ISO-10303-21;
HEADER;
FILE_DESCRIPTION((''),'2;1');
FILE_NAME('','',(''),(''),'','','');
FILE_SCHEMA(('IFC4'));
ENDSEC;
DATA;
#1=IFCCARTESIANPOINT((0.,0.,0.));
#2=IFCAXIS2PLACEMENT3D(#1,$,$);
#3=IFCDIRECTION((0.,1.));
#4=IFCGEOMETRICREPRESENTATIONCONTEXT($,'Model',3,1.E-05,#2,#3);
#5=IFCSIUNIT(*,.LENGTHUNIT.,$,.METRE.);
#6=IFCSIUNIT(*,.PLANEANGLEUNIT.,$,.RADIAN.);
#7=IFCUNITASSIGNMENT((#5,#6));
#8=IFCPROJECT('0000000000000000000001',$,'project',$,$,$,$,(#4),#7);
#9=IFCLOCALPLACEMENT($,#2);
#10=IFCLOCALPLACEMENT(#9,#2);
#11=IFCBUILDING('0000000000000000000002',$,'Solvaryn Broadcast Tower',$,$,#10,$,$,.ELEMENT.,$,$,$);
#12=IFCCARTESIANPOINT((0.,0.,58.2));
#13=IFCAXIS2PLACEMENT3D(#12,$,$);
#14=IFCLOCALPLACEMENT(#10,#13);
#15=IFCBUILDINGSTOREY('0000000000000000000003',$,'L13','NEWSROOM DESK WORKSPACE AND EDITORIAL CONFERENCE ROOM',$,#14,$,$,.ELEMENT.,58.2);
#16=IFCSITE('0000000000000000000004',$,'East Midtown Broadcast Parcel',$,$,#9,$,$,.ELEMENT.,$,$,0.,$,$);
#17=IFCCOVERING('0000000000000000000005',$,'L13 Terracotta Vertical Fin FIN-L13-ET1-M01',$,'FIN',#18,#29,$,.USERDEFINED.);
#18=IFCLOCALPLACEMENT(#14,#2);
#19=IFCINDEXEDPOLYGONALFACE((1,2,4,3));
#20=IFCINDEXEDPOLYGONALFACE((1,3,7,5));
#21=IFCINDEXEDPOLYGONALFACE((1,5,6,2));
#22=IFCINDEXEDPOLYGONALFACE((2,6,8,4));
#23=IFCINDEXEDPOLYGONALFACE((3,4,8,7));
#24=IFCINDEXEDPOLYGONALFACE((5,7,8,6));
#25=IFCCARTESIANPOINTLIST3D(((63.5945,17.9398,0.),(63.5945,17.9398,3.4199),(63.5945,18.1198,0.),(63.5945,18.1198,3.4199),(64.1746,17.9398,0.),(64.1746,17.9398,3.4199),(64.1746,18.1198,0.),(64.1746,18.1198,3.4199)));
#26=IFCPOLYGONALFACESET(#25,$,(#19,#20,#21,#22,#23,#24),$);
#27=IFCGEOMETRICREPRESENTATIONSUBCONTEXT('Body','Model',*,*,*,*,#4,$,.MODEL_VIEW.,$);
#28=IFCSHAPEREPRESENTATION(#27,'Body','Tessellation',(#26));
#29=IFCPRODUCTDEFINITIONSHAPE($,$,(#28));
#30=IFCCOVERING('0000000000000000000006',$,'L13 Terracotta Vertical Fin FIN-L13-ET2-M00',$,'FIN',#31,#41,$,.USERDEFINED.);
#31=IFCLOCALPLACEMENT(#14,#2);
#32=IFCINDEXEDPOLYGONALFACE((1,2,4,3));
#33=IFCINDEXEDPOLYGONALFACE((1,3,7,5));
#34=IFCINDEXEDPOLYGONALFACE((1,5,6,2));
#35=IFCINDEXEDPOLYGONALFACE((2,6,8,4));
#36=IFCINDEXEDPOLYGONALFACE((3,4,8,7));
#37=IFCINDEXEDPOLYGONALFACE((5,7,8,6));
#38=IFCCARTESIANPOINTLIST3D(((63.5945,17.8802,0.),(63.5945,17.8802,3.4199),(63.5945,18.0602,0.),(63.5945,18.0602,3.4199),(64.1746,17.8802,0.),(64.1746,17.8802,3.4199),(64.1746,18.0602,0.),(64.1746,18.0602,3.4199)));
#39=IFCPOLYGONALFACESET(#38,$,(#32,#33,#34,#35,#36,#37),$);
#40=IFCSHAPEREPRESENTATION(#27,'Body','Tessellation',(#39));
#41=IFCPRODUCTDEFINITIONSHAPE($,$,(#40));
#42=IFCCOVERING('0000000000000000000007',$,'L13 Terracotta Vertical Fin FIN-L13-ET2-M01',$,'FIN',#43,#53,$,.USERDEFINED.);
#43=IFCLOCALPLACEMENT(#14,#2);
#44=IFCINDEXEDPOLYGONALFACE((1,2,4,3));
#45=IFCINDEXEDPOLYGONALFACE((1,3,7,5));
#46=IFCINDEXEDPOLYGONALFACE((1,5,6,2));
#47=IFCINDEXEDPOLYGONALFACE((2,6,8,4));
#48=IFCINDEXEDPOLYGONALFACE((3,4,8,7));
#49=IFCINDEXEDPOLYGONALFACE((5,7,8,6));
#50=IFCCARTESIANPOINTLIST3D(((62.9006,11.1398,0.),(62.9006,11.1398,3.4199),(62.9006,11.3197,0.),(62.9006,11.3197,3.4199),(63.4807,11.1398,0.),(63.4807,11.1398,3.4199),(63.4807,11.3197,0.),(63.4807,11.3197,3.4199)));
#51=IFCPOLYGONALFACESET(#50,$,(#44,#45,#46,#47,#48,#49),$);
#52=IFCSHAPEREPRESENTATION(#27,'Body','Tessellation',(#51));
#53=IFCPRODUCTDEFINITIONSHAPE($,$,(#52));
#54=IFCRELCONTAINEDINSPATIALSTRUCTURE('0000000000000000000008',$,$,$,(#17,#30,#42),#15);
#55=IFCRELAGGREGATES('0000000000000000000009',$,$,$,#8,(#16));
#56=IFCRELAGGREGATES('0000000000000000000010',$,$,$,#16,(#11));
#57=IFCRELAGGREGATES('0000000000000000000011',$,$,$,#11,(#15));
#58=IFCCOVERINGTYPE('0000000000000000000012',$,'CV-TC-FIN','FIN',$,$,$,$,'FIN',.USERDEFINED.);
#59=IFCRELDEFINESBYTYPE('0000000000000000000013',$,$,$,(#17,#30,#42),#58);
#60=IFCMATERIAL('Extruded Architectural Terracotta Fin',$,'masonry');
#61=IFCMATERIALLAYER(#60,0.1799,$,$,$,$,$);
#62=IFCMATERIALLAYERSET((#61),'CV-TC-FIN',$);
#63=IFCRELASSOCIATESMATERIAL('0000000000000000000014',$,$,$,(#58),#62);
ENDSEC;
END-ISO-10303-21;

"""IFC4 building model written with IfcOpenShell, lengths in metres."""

from ifc_helpers import new_model, si_unit, direction, frame, origin, origin_2d, place, context, subcontext, project, spatial, rectangle, extrude, material, layer, layer_set, type_object, element, save


model = new_model("IFC4")

# Units and contexts
model_context = context("Model", 3, precision=1e-05, world=origin(), true_north=direction((0.0, 1.0)))
body_context = subcontext(model_context, "Body", "Model", "MODEL_VIEW")
ifc_project = project(units=[si_unit("LENGTHUNIT", "METRE"), si_unit("PLANEANGLEUNIT", "RADIAN")], contexts=[model_context])

# Site, building, storey
site_placement = place(None, origin())
site = spatial("IfcSite", under=ifc_project, at=site_placement, Name="East Midtown Broadcast Parcel", CompositionType="ELEMENT", RefElevation=0.0)
building_placement = place(site_placement, origin())
building = spatial("IfcBuilding", under=site, at=building_placement, Name="Solvaryn Broadcast Tower", CompositionType="ELEMENT")
storey_placement = place(building_placement, frame((0.0, 0.0, 58.2)))
storey = spatial("IfcBuildingStorey", under=building, at=storey_placement, Name="L13", Description="NEWSROOM DESK WORKSPACE AND EDITORIAL CONFERENCE ROOM", CompositionType="ELEMENT", Elevation=58.2)

# Coverings
ifc_material_1 = material(Name="Extruded Architectural Terracotta Fin", Category="masonry")
ifc_layer_1 = layer(ifc_material_1, 0.1799)
ifc_layer_set_1 = layer_set([ifc_layer_1], Name="CV-TC-FIN")
covering_type_1 = type_object("IfcCoveringType", Name="CV-TC-FIN", Description="FIN", ElementType="FIN", PredefinedType="USERDEFINED", material=ifc_layer_set_1)
for number, where, z_axis, x_axis, name in (
    (1, (63.8845, 18.0298, 0.0), (0.0, 0.0, 1.0), (1.0, 0.0, 0.0), "L13 Terracotta Vertical Fin FIN-L13-ET1-M01"),
    (2, (63.8845, 17.9702, 0.0), (0.0, 0.0, 1.0), (1.0, 0.0, 0.0), "L13 Terracotta Vertical Fin FIN-L13-ET2-M00"),
    (3, (63.1907, 11.2297, 0.0), (0.0, 0.0, 1.0), (1.0, 0.0, 0.0), "L13 Terracotta Vertical Fin FIN-L13-ET2-M01"),
):
    element("IfcCovering", number, at=place(storey_placement, frame(where, z_axis=z_axis, x_axis=x_axis)), inside=storey, type_object=covering_type_1, Name=name, ObjectType="FIN", PredefinedType="USERDEFINED", context=body_context, shape_type="SweptSolid", body=[
        extrude(rectangle(XDim=0.5801, YDim=0.1799, at=origin_2d()), origin(), (0.0, 0.0, 1.0), 3.4199),
    ])

save(model, "model.ifc")
